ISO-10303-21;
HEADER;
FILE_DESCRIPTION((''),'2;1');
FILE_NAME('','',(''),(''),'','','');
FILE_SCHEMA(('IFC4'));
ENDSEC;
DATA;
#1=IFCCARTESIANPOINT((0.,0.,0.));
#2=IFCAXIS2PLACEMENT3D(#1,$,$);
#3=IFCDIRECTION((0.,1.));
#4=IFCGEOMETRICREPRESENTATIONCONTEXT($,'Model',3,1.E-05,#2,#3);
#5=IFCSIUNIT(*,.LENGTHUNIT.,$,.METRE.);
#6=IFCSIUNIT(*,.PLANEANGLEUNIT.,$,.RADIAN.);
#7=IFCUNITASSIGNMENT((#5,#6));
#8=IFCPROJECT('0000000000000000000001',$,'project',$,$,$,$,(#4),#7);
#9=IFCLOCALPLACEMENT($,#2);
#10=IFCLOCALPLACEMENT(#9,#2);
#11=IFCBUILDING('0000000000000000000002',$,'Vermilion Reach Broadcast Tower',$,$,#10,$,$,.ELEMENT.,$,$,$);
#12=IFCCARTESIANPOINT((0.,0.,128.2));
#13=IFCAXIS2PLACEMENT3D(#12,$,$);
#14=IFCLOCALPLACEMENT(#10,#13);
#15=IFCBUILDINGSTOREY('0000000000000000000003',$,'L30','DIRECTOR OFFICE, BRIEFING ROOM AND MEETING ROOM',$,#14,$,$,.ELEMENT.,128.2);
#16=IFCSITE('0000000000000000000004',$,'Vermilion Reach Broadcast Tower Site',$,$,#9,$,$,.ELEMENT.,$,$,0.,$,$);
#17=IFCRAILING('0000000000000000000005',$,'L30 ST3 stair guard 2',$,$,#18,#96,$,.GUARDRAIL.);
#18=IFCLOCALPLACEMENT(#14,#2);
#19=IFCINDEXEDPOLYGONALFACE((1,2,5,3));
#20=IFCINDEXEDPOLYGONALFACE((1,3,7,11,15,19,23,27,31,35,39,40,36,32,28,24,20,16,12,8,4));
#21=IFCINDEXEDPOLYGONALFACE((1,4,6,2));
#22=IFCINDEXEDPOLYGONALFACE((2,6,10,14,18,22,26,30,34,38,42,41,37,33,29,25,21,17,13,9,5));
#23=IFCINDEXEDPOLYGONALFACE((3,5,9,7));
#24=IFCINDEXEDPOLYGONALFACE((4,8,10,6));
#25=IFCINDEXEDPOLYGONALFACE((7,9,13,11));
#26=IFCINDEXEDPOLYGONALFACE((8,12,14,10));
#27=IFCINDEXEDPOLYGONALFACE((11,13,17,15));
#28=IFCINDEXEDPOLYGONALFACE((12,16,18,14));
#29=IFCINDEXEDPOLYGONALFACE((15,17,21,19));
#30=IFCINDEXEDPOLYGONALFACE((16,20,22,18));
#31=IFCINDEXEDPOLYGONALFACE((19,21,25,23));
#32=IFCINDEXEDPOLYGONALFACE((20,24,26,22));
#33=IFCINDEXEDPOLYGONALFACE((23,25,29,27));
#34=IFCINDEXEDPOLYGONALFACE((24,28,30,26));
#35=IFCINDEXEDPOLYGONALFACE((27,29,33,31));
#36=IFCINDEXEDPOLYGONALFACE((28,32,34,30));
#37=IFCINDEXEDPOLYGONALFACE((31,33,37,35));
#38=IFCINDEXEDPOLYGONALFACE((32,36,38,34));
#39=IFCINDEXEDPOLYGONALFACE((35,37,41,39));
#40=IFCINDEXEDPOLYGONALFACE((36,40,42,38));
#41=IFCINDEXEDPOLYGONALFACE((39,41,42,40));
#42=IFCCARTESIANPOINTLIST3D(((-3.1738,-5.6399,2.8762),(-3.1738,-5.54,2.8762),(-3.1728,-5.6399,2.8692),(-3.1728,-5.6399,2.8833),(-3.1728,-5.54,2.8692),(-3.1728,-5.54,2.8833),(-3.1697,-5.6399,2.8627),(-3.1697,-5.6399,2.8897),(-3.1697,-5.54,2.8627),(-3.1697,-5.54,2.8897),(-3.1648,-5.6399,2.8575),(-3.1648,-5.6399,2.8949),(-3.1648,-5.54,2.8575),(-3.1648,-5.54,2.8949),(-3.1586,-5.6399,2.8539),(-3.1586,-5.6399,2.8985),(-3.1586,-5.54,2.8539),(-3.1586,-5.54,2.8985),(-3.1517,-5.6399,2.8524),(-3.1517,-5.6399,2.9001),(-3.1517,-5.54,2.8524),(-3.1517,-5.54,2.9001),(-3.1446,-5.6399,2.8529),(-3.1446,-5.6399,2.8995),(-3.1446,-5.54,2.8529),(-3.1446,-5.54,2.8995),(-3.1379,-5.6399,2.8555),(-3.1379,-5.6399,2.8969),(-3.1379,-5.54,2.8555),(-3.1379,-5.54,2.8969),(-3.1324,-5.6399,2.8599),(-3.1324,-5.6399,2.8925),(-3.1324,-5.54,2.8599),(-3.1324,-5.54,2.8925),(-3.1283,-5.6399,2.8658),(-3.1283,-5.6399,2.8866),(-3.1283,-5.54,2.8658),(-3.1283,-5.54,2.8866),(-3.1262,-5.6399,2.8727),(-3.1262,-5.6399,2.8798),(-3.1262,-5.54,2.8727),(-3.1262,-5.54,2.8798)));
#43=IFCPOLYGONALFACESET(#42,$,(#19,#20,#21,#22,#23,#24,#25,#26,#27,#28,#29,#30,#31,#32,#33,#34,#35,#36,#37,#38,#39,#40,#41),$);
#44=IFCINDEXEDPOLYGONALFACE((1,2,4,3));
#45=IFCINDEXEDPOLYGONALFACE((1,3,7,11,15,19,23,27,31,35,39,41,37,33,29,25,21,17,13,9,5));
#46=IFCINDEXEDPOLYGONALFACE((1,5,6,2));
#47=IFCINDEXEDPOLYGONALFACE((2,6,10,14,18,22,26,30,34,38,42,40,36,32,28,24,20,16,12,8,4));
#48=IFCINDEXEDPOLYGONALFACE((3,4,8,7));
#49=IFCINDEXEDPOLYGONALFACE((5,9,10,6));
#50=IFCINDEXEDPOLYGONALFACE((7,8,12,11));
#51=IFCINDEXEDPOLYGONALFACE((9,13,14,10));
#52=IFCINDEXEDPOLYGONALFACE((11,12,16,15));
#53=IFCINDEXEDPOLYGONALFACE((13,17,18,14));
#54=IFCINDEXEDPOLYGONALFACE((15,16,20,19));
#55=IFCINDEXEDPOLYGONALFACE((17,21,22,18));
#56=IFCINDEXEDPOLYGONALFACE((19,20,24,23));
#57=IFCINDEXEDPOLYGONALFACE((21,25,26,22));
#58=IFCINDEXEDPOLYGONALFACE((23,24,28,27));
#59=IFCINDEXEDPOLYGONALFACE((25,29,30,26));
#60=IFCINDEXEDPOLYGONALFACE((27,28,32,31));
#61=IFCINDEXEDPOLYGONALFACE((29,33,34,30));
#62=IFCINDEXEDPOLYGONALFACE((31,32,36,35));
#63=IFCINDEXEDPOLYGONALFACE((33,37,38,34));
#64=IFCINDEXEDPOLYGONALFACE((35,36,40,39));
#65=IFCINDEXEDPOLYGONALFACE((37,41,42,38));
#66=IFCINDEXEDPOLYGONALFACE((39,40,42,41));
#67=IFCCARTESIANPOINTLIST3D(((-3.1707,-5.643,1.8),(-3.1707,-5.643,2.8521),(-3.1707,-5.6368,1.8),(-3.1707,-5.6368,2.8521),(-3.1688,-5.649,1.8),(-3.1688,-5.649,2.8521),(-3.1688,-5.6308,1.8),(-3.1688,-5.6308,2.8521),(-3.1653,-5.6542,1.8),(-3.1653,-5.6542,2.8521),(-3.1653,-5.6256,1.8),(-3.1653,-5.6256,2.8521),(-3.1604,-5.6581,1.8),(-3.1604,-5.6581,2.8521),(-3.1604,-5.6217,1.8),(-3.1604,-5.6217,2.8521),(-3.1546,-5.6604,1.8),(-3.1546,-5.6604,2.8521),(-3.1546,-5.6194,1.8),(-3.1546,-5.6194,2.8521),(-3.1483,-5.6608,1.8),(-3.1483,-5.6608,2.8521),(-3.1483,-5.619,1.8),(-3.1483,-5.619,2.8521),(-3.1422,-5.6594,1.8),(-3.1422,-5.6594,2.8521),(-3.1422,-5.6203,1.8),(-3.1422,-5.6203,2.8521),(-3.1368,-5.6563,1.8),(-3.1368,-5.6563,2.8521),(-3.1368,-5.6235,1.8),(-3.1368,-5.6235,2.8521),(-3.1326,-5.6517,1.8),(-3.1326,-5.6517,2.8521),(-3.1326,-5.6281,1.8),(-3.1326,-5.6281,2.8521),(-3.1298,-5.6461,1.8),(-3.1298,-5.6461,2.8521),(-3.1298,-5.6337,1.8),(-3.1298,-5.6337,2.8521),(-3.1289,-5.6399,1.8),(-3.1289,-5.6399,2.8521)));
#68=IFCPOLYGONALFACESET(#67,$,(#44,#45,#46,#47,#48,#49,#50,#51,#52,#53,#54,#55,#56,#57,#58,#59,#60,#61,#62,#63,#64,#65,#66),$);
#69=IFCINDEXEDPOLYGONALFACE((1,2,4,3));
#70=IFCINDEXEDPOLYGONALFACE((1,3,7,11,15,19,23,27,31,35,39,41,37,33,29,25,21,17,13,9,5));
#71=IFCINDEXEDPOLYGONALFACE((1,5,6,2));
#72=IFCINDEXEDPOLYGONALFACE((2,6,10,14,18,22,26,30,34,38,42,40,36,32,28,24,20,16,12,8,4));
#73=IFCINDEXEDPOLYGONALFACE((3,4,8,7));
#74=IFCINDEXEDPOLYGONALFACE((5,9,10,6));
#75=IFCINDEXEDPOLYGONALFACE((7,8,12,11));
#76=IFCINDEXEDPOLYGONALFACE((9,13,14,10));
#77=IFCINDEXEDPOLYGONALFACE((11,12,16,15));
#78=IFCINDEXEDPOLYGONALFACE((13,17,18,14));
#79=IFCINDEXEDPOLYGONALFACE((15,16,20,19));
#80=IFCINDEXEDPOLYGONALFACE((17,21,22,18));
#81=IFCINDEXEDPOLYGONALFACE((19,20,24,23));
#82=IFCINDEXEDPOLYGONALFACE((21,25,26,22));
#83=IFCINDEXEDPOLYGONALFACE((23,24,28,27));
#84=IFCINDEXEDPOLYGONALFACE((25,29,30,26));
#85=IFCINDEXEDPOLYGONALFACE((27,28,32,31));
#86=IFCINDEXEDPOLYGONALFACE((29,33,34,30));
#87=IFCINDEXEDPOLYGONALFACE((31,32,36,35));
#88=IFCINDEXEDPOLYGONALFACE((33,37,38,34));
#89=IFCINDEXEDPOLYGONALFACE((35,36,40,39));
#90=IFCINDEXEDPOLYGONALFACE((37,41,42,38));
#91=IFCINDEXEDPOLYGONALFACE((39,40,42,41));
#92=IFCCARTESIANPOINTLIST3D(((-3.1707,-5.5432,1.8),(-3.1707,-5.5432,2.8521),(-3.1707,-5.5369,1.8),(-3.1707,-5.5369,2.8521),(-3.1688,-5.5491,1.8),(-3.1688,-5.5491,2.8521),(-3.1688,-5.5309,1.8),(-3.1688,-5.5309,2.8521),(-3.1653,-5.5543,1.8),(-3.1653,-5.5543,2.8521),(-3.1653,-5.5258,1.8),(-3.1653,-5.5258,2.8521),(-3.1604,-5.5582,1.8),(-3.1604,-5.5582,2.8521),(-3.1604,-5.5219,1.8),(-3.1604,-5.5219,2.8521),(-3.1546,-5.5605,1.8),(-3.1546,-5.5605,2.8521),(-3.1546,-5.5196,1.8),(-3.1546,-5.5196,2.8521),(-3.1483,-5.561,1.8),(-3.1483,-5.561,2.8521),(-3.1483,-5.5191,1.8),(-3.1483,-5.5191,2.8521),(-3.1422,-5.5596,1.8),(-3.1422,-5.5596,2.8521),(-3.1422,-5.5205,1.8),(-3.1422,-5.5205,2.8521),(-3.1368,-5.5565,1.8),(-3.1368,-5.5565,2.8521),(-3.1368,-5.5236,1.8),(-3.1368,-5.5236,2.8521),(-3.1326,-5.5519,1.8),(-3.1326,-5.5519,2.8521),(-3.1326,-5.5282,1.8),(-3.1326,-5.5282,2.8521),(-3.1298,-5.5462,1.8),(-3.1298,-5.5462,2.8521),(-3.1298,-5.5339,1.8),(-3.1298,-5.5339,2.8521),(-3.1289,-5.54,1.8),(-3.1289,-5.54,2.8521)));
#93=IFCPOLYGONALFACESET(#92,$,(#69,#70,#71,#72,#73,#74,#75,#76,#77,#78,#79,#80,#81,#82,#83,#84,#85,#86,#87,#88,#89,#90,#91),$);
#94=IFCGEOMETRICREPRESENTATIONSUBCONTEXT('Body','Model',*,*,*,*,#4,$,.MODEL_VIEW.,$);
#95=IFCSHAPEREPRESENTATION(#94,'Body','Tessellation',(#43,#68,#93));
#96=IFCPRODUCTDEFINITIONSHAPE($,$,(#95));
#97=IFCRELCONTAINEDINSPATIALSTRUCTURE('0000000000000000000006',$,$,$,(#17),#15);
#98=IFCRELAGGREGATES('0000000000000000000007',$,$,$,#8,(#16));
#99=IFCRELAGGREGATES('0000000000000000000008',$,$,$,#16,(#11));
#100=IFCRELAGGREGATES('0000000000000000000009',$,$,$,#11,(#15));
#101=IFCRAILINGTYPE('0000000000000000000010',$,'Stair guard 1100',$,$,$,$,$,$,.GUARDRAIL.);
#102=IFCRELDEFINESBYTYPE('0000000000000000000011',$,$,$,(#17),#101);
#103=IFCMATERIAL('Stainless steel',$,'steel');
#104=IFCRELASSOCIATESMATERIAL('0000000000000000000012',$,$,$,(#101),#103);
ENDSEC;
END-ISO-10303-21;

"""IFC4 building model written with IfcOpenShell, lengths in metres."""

from ifc_helpers import new_model, si_unit, direction, frame, origin, origin_2d, place, context, subcontext, project, spatial, circle, extrude, material, type_object, element, save


model = new_model("IFC4")

# Units and contexts
model_context = context("Model", 3, precision=1e-05, world=origin(), true_north=direction((0.0, 1.0)))
body_context = subcontext(model_context, "Body", "Model", "MODEL_VIEW")
ifc_project = project(units=[si_unit("LENGTHUNIT", "METRE"), si_unit("PLANEANGLEUNIT", "RADIAN")], contexts=[model_context])

# Site, building, storey
site_placement = place(None, origin())
site = spatial("IfcSite", under=ifc_project, at=site_placement, Name="Vermilion Reach Broadcast Tower Site", CompositionType="ELEMENT", RefElevation=0.0)
building_placement = place(site_placement, origin())
building = spatial("IfcBuilding", under=site, at=building_placement, Name="Vermilion Reach Broadcast Tower", CompositionType="ELEMENT")
storey_placement = place(building_placement, frame((0.0, 0.0, 128.2)))
storey = spatial("IfcBuildingStorey", under=building, at=storey_placement, Name="L30", Description="DIRECTOR OFFICE, BRIEFING ROOM AND MEETING ROOM", CompositionType="ELEMENT", Elevation=128.2)

# Railing
ifc_material_1 = material(Name="Stainless steel", Category="steel")
railing_type_1 = type_object("IfcRailingType", Name="Stair guard 1100", PredefinedType="GUARDRAIL", material=ifc_material_1)
railing_1_placement = place(storey_placement, frame((-3.1499, -5.6399, 1.8)))
element("IfcRailing", 1, at=railing_1_placement, inside=storey, type_object=railing_type_1, Name="L30 ST3 stair guard 2", PredefinedType="GUARDRAIL", context=body_context, shape_type="SweptSolid", body=[
    extrude(circle(Radius=0.0239, at=origin_2d()), frame((0.0, 0.0, 1.0762), z_axis=(0.0, 1.0, 0.0), x_axis=(-1.0, 0.0, 0.0)), (0.0, 0.0, 1.0), 0.0999),
    extrude(circle(Radius=0.021, at=origin_2d()), origin(), (0.0, 0.0, 1.0), 1.052),
    extrude(circle(Radius=0.021, at=origin_2d()), frame((0.0, 0.0999, 0.0)), (0.0, 0.0, 1.0), 1.052),
])

save(model, "model.ifc")
